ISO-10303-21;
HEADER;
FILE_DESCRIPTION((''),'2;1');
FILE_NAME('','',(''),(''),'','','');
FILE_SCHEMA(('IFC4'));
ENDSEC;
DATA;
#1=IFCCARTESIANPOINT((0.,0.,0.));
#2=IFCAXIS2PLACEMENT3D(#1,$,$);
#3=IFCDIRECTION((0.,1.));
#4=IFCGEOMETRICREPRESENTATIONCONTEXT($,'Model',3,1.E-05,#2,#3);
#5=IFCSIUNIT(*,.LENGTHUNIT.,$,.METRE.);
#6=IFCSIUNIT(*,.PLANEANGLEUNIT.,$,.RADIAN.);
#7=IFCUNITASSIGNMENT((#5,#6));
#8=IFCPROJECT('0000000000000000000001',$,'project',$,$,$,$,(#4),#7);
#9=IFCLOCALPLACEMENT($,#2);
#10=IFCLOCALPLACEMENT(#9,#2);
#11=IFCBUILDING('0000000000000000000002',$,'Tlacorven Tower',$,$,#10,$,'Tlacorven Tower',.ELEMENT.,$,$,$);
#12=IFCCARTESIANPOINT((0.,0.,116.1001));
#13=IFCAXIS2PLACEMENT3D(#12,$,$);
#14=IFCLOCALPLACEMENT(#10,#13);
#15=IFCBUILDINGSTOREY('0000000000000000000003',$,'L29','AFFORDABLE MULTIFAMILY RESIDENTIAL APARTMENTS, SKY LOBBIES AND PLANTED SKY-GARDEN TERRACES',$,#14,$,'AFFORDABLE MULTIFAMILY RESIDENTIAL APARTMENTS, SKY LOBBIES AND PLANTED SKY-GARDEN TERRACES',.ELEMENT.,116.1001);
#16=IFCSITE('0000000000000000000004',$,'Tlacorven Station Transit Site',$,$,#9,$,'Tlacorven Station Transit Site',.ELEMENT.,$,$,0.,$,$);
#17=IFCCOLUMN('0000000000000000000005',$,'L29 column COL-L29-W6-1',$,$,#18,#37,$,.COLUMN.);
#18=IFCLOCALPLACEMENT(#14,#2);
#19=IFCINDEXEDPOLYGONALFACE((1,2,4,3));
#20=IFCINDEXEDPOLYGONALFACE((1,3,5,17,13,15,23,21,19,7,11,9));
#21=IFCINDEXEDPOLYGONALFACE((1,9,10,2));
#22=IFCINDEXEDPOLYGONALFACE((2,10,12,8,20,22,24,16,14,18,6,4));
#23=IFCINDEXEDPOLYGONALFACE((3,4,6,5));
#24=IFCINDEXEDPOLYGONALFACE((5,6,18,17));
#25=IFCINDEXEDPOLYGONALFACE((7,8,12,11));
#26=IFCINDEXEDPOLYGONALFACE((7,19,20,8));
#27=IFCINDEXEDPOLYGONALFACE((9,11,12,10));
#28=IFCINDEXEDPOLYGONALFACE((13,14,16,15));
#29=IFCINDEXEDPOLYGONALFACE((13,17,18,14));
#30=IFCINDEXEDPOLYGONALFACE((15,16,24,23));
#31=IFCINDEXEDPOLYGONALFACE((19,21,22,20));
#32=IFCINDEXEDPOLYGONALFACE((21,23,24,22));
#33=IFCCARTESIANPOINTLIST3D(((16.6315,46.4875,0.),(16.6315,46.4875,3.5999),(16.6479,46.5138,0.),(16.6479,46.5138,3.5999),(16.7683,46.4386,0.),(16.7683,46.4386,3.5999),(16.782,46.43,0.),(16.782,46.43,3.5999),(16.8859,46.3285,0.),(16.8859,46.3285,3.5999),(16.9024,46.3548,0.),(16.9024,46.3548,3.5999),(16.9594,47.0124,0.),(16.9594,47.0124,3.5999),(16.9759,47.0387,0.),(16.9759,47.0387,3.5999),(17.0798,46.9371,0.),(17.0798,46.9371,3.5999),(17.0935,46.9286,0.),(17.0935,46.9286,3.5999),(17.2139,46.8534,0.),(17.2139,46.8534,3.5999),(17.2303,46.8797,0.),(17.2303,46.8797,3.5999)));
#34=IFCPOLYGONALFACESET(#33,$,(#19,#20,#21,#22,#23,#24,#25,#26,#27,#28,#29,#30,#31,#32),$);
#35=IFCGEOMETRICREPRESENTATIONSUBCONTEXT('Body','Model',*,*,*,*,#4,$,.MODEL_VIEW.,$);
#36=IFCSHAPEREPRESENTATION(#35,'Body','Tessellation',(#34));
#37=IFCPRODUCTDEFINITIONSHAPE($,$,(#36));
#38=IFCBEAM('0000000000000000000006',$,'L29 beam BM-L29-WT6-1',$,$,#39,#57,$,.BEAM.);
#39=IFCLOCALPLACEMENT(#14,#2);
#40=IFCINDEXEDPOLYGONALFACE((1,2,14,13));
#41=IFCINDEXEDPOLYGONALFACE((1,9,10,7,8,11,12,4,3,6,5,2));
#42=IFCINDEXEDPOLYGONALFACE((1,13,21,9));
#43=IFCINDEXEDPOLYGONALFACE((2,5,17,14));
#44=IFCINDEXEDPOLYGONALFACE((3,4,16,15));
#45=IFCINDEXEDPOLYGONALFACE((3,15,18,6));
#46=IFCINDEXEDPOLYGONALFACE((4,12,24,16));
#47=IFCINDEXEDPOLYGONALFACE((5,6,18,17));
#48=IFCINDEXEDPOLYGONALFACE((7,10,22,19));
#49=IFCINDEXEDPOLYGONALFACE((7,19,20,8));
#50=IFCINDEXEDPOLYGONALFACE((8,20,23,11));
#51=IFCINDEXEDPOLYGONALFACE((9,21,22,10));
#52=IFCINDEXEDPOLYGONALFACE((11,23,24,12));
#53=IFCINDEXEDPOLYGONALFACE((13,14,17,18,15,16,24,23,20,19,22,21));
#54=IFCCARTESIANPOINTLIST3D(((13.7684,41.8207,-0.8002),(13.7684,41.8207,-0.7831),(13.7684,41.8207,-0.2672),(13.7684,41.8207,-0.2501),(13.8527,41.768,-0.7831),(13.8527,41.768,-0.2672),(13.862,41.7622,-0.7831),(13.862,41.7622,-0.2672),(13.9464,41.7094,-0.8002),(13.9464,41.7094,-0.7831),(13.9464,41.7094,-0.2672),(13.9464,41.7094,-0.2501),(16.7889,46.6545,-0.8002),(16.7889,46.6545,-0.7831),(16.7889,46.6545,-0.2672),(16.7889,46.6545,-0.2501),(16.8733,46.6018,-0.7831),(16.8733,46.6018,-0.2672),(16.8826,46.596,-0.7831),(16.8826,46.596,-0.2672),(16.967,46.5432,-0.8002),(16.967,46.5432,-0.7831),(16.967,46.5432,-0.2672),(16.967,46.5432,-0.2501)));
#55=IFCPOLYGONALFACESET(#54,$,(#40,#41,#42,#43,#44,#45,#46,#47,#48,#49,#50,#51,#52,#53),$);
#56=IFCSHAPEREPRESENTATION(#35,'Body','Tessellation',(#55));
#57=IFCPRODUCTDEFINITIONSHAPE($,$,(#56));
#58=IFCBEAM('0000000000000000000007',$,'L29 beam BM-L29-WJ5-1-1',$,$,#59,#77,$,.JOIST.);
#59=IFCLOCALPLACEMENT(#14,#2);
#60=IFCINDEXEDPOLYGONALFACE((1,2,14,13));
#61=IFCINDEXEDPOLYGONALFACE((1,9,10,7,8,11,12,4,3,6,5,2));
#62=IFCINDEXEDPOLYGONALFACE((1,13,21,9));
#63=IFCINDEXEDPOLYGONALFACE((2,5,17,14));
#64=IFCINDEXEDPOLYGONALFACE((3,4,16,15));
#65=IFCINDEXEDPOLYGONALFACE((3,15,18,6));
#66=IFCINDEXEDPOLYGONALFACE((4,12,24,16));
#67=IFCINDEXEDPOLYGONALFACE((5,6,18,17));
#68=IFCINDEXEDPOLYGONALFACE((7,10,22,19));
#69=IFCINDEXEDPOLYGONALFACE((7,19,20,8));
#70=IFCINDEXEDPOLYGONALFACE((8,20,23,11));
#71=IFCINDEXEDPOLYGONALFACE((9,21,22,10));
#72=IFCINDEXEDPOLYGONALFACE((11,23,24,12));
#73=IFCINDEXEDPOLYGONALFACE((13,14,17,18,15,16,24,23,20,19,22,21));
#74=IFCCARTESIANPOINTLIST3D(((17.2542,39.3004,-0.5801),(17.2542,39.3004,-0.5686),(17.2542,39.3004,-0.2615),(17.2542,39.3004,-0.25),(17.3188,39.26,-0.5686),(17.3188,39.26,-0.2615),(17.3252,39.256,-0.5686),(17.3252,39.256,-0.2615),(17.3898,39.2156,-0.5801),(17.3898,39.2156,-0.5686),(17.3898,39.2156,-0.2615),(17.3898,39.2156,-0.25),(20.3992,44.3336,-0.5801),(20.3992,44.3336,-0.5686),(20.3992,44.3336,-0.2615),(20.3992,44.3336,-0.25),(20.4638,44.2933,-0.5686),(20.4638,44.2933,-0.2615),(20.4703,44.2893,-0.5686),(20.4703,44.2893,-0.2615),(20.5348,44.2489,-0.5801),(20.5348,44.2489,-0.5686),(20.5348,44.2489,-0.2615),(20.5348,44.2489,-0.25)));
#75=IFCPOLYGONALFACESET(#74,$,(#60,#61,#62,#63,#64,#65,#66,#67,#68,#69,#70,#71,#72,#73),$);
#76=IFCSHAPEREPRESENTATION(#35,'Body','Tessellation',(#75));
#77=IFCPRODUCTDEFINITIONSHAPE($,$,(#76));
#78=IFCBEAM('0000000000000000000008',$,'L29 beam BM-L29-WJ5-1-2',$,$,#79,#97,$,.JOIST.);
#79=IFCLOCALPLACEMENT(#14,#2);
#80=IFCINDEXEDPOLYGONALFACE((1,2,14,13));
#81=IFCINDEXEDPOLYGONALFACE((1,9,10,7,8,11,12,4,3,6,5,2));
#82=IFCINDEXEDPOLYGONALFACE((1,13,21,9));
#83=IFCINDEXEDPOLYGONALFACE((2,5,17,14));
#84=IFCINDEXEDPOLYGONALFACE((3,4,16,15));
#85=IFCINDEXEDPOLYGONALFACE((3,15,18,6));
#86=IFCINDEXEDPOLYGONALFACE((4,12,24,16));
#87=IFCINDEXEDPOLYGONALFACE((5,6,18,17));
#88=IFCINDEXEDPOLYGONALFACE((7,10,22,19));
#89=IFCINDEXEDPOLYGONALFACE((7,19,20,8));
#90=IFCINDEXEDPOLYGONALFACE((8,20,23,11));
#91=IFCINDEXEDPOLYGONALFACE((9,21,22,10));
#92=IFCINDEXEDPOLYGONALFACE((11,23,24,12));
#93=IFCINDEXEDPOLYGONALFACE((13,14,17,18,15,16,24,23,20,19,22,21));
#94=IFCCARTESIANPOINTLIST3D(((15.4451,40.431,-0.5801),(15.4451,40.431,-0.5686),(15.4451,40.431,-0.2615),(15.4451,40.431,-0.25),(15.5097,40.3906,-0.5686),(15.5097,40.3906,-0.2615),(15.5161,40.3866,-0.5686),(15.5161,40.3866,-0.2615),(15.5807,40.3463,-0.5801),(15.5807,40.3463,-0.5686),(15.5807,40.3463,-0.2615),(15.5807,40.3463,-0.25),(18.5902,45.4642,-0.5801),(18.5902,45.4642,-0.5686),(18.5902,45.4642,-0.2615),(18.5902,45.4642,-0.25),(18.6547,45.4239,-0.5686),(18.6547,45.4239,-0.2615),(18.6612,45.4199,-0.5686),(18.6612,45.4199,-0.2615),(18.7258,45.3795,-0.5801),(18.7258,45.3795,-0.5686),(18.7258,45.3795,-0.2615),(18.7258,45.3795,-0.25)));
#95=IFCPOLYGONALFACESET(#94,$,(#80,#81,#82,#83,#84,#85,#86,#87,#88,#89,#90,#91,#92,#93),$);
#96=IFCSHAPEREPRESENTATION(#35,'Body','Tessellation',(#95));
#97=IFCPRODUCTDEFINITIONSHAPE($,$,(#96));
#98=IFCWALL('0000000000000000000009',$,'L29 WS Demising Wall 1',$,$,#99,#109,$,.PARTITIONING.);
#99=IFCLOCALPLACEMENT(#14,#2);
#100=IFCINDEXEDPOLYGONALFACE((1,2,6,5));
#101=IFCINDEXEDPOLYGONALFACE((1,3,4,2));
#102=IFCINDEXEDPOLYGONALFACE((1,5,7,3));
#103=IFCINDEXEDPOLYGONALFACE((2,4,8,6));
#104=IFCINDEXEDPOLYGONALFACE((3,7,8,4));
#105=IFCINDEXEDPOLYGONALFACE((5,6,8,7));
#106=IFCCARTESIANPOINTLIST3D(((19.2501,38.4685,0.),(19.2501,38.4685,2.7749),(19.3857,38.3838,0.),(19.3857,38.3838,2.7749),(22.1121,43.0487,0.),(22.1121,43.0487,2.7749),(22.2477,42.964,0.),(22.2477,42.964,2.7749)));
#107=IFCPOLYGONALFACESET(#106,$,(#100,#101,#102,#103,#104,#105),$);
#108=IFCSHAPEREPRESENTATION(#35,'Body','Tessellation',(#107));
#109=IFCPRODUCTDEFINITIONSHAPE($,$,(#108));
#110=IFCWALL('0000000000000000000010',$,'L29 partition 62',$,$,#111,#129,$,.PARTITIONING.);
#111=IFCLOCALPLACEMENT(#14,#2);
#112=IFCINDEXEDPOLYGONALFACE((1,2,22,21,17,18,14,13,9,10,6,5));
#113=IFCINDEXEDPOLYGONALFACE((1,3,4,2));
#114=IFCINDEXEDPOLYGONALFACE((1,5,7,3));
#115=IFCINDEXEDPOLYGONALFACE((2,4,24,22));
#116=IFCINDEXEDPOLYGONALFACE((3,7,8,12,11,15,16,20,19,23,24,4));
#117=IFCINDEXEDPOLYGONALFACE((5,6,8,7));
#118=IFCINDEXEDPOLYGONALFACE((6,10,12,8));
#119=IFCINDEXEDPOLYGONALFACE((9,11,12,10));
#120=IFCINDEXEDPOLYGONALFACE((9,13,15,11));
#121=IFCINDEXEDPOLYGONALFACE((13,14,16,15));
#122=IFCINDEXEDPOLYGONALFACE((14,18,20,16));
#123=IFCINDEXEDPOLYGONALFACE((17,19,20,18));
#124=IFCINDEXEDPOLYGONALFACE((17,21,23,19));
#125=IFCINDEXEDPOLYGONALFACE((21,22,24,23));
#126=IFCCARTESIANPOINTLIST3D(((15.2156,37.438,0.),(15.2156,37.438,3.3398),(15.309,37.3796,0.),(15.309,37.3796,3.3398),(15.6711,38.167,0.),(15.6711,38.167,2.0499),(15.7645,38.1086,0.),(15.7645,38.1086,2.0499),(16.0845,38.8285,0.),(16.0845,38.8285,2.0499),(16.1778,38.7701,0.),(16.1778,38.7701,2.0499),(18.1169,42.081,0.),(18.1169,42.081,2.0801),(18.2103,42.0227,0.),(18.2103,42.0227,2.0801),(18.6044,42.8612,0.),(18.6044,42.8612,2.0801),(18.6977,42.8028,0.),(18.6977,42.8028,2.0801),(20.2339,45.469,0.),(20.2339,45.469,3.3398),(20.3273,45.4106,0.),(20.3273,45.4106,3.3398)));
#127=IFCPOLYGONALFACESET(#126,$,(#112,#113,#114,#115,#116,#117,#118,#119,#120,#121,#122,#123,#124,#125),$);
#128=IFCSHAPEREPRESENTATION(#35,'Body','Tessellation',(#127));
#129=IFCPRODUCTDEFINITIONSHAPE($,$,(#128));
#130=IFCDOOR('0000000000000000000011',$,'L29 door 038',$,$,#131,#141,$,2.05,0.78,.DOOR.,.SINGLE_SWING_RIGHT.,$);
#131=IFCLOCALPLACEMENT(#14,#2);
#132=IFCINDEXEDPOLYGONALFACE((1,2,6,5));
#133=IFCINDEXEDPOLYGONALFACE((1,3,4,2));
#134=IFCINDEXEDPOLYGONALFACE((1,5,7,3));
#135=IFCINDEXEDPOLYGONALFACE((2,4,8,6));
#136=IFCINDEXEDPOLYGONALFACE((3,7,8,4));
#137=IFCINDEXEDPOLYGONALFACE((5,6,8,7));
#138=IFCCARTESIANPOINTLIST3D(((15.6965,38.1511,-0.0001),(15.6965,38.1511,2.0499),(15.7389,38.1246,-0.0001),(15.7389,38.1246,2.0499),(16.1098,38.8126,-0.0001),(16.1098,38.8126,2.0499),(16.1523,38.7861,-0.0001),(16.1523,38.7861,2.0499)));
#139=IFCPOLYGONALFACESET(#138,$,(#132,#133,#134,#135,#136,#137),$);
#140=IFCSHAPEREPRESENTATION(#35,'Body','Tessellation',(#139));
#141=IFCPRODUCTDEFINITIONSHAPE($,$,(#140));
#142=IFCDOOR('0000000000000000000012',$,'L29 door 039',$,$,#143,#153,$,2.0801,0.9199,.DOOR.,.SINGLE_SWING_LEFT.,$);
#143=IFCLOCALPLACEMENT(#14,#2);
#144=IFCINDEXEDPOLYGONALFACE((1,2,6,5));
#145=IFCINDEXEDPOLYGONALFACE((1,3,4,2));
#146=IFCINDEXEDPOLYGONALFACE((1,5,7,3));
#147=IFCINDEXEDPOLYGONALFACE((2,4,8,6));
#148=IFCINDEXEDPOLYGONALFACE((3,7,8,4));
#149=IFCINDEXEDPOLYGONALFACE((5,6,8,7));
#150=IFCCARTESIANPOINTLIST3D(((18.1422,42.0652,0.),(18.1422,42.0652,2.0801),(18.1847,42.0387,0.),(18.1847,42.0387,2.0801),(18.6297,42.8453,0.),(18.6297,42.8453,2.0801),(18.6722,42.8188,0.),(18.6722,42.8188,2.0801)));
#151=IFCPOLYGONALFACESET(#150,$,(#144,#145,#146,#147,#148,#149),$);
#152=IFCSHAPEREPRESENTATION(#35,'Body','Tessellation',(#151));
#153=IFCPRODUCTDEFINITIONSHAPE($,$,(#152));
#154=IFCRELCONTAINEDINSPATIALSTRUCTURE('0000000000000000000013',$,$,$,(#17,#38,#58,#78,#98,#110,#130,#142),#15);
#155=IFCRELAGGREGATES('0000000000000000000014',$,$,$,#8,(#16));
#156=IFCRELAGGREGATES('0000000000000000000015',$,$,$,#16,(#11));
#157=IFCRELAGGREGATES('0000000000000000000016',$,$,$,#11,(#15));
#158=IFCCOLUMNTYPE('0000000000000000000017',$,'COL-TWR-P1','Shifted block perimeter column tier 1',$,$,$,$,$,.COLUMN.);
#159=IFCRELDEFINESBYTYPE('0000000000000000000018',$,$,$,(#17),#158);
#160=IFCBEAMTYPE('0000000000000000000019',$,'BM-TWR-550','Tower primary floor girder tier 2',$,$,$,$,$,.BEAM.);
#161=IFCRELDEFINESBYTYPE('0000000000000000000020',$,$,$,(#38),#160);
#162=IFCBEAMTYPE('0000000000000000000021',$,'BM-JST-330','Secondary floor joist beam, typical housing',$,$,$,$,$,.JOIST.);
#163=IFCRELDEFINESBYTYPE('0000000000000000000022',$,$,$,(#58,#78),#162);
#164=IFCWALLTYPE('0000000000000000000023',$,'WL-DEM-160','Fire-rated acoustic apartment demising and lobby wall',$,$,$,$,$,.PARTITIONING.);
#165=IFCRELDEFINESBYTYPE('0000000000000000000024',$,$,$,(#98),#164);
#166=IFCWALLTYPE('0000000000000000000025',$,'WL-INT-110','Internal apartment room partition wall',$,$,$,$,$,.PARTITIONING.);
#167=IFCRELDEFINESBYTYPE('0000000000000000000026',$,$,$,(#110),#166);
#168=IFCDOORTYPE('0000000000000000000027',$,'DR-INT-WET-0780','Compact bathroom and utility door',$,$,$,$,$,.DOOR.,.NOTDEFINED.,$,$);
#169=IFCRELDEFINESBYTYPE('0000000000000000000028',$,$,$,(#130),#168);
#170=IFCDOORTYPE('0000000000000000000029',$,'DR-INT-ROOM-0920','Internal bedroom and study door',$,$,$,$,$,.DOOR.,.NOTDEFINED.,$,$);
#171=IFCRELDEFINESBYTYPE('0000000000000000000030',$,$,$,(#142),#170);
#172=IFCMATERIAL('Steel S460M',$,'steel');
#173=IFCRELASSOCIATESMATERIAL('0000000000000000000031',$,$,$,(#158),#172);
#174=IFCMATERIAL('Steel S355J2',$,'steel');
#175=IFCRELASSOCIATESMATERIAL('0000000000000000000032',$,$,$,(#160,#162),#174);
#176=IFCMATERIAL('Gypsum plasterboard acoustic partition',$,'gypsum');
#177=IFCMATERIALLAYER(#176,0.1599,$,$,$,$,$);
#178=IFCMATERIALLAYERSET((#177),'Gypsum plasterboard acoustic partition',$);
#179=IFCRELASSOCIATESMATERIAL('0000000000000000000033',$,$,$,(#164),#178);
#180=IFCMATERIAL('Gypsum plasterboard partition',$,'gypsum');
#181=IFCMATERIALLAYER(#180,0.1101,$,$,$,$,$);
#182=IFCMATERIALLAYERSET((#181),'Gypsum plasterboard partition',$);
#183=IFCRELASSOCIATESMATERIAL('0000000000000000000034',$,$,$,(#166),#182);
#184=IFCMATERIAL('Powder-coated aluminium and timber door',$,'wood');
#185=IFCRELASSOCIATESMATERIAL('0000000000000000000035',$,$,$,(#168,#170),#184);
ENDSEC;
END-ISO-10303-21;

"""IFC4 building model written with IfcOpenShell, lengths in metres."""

from ifc_helpers import new_model, si_unit, direction, frame, frame_2d, origin, origin_2d, place, context, subcontext, project, spatial, rectangle, i_section, extrude, source, transform, mapped, material, layer, layer_set, material_profile, profile_set, type_object, element, fill, save


model = new_model("IFC4")

# Units and contexts
model_context = context("Model", 3, precision=1e-05, world=origin(), true_north=direction((0.0, 1.0)))
body_context = subcontext(model_context, "Body", "Model", "MODEL_VIEW")
ifc_project = project(units=[si_unit("LENGTHUNIT", "METRE"), si_unit("PLANEANGLEUNIT", "RADIAN")], contexts=[model_context])

# Site, building, storey
site_placement = place(None, origin())
site = spatial("IfcSite", under=ifc_project, at=site_placement, Name="Tlacorven Station Transit Site", LongName="Tlacorven Station Transit Site", CompositionType="ELEMENT", RefElevation=0.0)
building_placement = place(site_placement, origin())
building = spatial("IfcBuilding", under=site, at=building_placement, Name="Tlacorven Tower", LongName="Tlacorven Tower", CompositionType="ELEMENT")
storey_placement = place(building_placement, frame((0.0, 0.0, 116.1001)))
storey = spatial("IfcBuildingStorey", under=building, at=storey_placement, Name="L29", Description="AFFORDABLE MULTIFAMILY RESIDENTIAL APARTMENTS, SKY LOBBIES AND PLANTED SKY-GARDEN TERRACES", LongName="AFFORDABLE MULTIFAMILY RESIDENTIAL APARTMENTS, SKY LOBBIES AND PLANTED SKY-GARDEN TERRACES", CompositionType="ELEMENT", Elevation=116.1001)

# Column
ifc_material_1 = material(Name="Steel S460M", Category="steel")
ifc_material_profile_1 = material_profile(ifc_material_1, i_section(OverallWidth=0.3, OverallDepth=0.6499, WebThickness=0.0161, FlangeThickness=0.031, at=origin_2d()), Name="HEB 650")
ifc_profile_set_1 = profile_set([ifc_material_profile_1], Name="Steel S460M")
column_type = type_object("IfcColumnType", Name="COL-TWR-P1", Description="Shifted block perimeter column tier 1", PredefinedType="COLUMN", material=ifc_profile_set_1)
shared_shape_1 = source(origin(), body_context, "Body", "SweptSolid", [
    extrude(i_section(OverallWidth=0.3, OverallDepth=0.6499, WebThickness=0.0161, FlangeThickness=0.031, at=origin_2d()), origin(), (0.0, 0.0, 1.0), 3.5999),
])
column_placement = place(storey_placement, frame((16.9309, 46.6836, 0.0), z_axis=(0.0, 0.0, 1.0), x_axis=(-0.848048, 0.529919, 0.0)))
element("IfcColumn", 1, at=column_placement, inside=storey, type_object=column_type, Name="L29 column COL-L29-W6-1", PredefinedType="COLUMN", context=body_context, shape_type="MappedRepresentation", body=[
    mapped(shared_shape_1, transform((0.0, 0.0, 0.0), scale=1.0)),
])

# Beams
ifc_material_2 = material(Name="Steel S355J2", Category="steel")
ifc_material_profile_2 = material_profile(ifc_material_2, i_section(OverallWidth=0.21, OverallDepth=0.55, WebThickness=0.011, FlangeThickness=0.0171, at=origin_2d()), Name="IPE 550")
ifc_profile_set_2 = profile_set([ifc_material_profile_2], Name="Steel S355J2")
beam_type_1 = type_object("IfcBeamType", Name="BM-TWR-550", Description="Tower primary floor girder tier 2", PredefinedType="BEAM", material=ifc_profile_set_2)
shared_shape_2 = source(origin(), body_context, "Body", "SweptSolid", [
    extrude(i_section(OverallWidth=0.21, OverallDepth=0.55, WebThickness=0.011, FlangeThickness=0.0171, at=origin_2d()), origin(), (0.0, 0.0, 1.0), 5.7),
])
beam_placement = place(storey_placement, frame((16.8779, 46.5989, -0.5251), z_axis=(-0.529926, -0.848044, 0.0), x_axis=(0.848044, -0.529926, 0.0)))
element("IfcBeam", 2, at=beam_placement, inside=storey, type_object=beam_type_1, Name="L29 beam BM-L29-WT6-1", PredefinedType="BEAM", context=body_context, shape_type="MappedRepresentation", body=[
    mapped(shared_shape_2, transform((0.0, 0.0, 0.0), scale=1.0)),
])
ifc_material_profile_3 = material_profile(ifc_material_2, i_section(OverallWidth=0.1599, OverallDepth=0.3301, WebThickness=0.0076, FlangeThickness=0.0115, at=origin_2d()), Name="IPE 330")
ifc_profile_set_3 = profile_set([ifc_material_profile_3], Name="Steel S355J2")
beam_type_2 = type_object("IfcBeamType", Name="BM-JST-330", Description="Secondary floor joist beam, typical housing", PredefinedType="JOIST", material=ifc_profile_set_3)
shared_shape_3 = source(origin(), body_context, "Body", "SweptSolid", [
    extrude(i_section(OverallWidth=0.1599, OverallDepth=0.3301, WebThickness=0.0076, FlangeThickness=0.0115, at=origin_2d()), origin(), (0.0, 0.0, 1.0), 5.9351),
])
for number, where, z_axis, x_axis, name in (
    (3, (20.467, 44.2913, -0.415), (-0.52991, -0.848054, 0.0), (0.848054, -0.52991, 0.0), "L29 beam BM-L29-WJ5-1-1"),
    (4, (18.658, 45.4219, -0.415), (-0.52991, -0.848054, 0.0), (0.848054, -0.52991, 0.0), "L29 beam BM-L29-WJ5-1-2"),
):
    element("IfcBeam", number, at=place(storey_placement, frame(where, z_axis=z_axis, x_axis=x_axis)), inside=storey, type_object=beam_type_2, Name=name, PredefinedType="JOIST", context=body_context, shape_type="MappedRepresentation", body=[
        mapped(shared_shape_3, transform((0.0, 0.0, 0.0), scale=1.0)),
    ])

# Wall
ifc_material_3 = material(Name="Gypsum plasterboard acoustic partition", Category="gypsum")
ifc_layer_1 = layer(ifc_material_3, 0.1599)
ifc_layer_set_1 = layer_set([ifc_layer_1], Name="Gypsum plasterboard acoustic partition")
wall_type_1 = type_object("IfcWallType", Name="WL-DEM-160", Description="Fire-rated acoustic apartment demising and lobby wall", PredefinedType="PARTITIONING", material=ifc_layer_set_1)
wall_1_placement = place(storey_placement, frame((22.1799, 43.0063, 0.0), z_axis=(0.0, 0.0, 1.0), x_axis=(-0.529914, -0.848052, 0.0)))
element("IfcWall", 5, at=wall_1_placement, inside=storey, type_object=wall_type_1, Name="L29 WS Demising Wall 1", PredefinedType="PARTITIONING", context=body_context, shape_type="SweptSolid", body=[
    extrude(rectangle(XDim=5.4009, YDim=0.1599, at=frame_2d((2.7004, 0.0))), origin(), (0.0, 0.0, 1.0), 2.7749),
])

# Shared definitions
ifc_material_4 = material(Name="Powder-coated aluminium and timber door", Category="wood")

# Wall, openings, doors
ifc_material_5 = material(Name="Gypsum plasterboard partition", Category="gypsum")
ifc_layer_2 = layer(ifc_material_5, 0.1101)
ifc_layer_set_2 = layer_set([ifc_layer_2], Name="Gypsum plasterboard partition")
wall_type_2 = type_object("IfcWallType", Name="WL-INT-110", Description="Internal apartment room partition wall", PredefinedType="PARTITIONING", material=ifc_layer_set_2)
wall_2_placement = place(storey_placement, frame((20.2805, 45.4397, 0.0), z_axis=(0.0, 0.0, 1.0), x_axis=(-0.529918, -0.848049, 0.0)))
wall_2 = element("IfcWall", 6, at=wall_2_placement, inside=storey, type_object=wall_type_2, Name="L29 partition 62", PredefinedType="PARTITIONING", context=body_context, shape_type="SweptSolid", body=[
    extrude(rectangle(XDim=9.47, YDim=0.1101, at=frame_2d((4.7349, 0.0))), origin(), (0.0, 0.0, 1.0), 3.3398),
])
opening_1_placement = place(wall_2_placement, frame((7.8301, 0.0, 0.0)))
opening_1 = element("IfcOpeningElement", 7, at=opening_1_placement, cuts=wall_2, PredefinedType="OPENING", context=body_context, shape_type="SweptSolid", body=[
    extrude(rectangle(XDim=0.78, YDim=2.05, at=frame_2d((0.3901, 1.0249))), frame((0.0, 0.0649, 0.0), z_axis=(0.0, -1.0, 0.0), x_axis=(1.0, 0.0, 0.0)), (0.0, 0.0, 1.0), 0.1301),
])
opening_2_placement = place(wall_2_placement, frame((3.075, 0.0, 0.0)))
opening_2 = element("IfcOpeningElement", 8, at=opening_2_placement, cuts=wall_2, PredefinedType="OPENING", context=body_context, shape_type="SweptSolid", body=[
    extrude(rectangle(XDim=0.9199, YDim=2.0801, at=frame_2d((0.46, 1.04))), frame((0.0, 0.0649, 0.0), z_axis=(0.0, -1.0, 0.0), x_axis=(1.0, 0.0, 0.0)), (0.0, 0.0, 1.0), 0.1301),
])
door_type_1 = type_object("IfcDoorType", Name="DR-INT-WET-0780", Description="Compact bathroom and utility door", OperationType="NOTDEFINED", PredefinedType="DOOR", material=ifc_material_4)
shared_shape_4 = source(origin(), body_context, "Body", "SweptSolid", [
    extrude(rectangle(XDim=0.78, YDim=2.05, at=frame_2d((0.3901, 1.0249))), frame((0.0, 0.0249, 0.0), z_axis=(0.0, -1.0, 0.0), x_axis=(1.0, 0.0, 0.0)), (0.0, 0.0, 1.0), 0.05),
])
door_1_placement = place(opening_1_placement, origin())
door_1 = element("IfcDoor", 9, at=door_1_placement, inside=storey, type_object=door_type_1, Name="L29 door 038", OperationType="SINGLE_SWING_RIGHT", OverallHeight=2.05, OverallWidth=0.78, PredefinedType="DOOR", context=body_context, shape_type="MappedRepresentation", body=[
    mapped(shared_shape_4, transform((0.0, 0.0, 0.0), scale=1.0)),
])
fill(opening_1, door_1)
door_type_2 = type_object("IfcDoorType", Name="DR-INT-ROOM-0920", Description="Internal bedroom and study door", OperationType="NOTDEFINED", PredefinedType="DOOR", material=ifc_material_4)
shared_shape_5 = source(origin(), body_context, "Body", "SweptSolid", [
    extrude(rectangle(XDim=0.9199, YDim=2.0801, at=frame_2d((0.46, 1.04))), frame((0.0, 0.0249, 0.0), z_axis=(0.0, -1.0, 0.0), x_axis=(1.0, 0.0, 0.0)), (0.0, 0.0, 1.0), 0.05),
])
door_2_placement = place(opening_2_placement, origin())
door_2 = element("IfcDoor", 10, at=door_2_placement, inside=storey, type_object=door_type_2, Name="L29 door 039", OperationType="SINGLE_SWING_LEFT", OverallHeight=2.0801, OverallWidth=0.9199, PredefinedType="DOOR", context=body_context, shape_type="MappedRepresentation", body=[
    mapped(shared_shape_5, transform((0.0, 0.0, 0.0), scale=1.0)),
])
fill(opening_2, door_2)

save(model, "model.ifc")
